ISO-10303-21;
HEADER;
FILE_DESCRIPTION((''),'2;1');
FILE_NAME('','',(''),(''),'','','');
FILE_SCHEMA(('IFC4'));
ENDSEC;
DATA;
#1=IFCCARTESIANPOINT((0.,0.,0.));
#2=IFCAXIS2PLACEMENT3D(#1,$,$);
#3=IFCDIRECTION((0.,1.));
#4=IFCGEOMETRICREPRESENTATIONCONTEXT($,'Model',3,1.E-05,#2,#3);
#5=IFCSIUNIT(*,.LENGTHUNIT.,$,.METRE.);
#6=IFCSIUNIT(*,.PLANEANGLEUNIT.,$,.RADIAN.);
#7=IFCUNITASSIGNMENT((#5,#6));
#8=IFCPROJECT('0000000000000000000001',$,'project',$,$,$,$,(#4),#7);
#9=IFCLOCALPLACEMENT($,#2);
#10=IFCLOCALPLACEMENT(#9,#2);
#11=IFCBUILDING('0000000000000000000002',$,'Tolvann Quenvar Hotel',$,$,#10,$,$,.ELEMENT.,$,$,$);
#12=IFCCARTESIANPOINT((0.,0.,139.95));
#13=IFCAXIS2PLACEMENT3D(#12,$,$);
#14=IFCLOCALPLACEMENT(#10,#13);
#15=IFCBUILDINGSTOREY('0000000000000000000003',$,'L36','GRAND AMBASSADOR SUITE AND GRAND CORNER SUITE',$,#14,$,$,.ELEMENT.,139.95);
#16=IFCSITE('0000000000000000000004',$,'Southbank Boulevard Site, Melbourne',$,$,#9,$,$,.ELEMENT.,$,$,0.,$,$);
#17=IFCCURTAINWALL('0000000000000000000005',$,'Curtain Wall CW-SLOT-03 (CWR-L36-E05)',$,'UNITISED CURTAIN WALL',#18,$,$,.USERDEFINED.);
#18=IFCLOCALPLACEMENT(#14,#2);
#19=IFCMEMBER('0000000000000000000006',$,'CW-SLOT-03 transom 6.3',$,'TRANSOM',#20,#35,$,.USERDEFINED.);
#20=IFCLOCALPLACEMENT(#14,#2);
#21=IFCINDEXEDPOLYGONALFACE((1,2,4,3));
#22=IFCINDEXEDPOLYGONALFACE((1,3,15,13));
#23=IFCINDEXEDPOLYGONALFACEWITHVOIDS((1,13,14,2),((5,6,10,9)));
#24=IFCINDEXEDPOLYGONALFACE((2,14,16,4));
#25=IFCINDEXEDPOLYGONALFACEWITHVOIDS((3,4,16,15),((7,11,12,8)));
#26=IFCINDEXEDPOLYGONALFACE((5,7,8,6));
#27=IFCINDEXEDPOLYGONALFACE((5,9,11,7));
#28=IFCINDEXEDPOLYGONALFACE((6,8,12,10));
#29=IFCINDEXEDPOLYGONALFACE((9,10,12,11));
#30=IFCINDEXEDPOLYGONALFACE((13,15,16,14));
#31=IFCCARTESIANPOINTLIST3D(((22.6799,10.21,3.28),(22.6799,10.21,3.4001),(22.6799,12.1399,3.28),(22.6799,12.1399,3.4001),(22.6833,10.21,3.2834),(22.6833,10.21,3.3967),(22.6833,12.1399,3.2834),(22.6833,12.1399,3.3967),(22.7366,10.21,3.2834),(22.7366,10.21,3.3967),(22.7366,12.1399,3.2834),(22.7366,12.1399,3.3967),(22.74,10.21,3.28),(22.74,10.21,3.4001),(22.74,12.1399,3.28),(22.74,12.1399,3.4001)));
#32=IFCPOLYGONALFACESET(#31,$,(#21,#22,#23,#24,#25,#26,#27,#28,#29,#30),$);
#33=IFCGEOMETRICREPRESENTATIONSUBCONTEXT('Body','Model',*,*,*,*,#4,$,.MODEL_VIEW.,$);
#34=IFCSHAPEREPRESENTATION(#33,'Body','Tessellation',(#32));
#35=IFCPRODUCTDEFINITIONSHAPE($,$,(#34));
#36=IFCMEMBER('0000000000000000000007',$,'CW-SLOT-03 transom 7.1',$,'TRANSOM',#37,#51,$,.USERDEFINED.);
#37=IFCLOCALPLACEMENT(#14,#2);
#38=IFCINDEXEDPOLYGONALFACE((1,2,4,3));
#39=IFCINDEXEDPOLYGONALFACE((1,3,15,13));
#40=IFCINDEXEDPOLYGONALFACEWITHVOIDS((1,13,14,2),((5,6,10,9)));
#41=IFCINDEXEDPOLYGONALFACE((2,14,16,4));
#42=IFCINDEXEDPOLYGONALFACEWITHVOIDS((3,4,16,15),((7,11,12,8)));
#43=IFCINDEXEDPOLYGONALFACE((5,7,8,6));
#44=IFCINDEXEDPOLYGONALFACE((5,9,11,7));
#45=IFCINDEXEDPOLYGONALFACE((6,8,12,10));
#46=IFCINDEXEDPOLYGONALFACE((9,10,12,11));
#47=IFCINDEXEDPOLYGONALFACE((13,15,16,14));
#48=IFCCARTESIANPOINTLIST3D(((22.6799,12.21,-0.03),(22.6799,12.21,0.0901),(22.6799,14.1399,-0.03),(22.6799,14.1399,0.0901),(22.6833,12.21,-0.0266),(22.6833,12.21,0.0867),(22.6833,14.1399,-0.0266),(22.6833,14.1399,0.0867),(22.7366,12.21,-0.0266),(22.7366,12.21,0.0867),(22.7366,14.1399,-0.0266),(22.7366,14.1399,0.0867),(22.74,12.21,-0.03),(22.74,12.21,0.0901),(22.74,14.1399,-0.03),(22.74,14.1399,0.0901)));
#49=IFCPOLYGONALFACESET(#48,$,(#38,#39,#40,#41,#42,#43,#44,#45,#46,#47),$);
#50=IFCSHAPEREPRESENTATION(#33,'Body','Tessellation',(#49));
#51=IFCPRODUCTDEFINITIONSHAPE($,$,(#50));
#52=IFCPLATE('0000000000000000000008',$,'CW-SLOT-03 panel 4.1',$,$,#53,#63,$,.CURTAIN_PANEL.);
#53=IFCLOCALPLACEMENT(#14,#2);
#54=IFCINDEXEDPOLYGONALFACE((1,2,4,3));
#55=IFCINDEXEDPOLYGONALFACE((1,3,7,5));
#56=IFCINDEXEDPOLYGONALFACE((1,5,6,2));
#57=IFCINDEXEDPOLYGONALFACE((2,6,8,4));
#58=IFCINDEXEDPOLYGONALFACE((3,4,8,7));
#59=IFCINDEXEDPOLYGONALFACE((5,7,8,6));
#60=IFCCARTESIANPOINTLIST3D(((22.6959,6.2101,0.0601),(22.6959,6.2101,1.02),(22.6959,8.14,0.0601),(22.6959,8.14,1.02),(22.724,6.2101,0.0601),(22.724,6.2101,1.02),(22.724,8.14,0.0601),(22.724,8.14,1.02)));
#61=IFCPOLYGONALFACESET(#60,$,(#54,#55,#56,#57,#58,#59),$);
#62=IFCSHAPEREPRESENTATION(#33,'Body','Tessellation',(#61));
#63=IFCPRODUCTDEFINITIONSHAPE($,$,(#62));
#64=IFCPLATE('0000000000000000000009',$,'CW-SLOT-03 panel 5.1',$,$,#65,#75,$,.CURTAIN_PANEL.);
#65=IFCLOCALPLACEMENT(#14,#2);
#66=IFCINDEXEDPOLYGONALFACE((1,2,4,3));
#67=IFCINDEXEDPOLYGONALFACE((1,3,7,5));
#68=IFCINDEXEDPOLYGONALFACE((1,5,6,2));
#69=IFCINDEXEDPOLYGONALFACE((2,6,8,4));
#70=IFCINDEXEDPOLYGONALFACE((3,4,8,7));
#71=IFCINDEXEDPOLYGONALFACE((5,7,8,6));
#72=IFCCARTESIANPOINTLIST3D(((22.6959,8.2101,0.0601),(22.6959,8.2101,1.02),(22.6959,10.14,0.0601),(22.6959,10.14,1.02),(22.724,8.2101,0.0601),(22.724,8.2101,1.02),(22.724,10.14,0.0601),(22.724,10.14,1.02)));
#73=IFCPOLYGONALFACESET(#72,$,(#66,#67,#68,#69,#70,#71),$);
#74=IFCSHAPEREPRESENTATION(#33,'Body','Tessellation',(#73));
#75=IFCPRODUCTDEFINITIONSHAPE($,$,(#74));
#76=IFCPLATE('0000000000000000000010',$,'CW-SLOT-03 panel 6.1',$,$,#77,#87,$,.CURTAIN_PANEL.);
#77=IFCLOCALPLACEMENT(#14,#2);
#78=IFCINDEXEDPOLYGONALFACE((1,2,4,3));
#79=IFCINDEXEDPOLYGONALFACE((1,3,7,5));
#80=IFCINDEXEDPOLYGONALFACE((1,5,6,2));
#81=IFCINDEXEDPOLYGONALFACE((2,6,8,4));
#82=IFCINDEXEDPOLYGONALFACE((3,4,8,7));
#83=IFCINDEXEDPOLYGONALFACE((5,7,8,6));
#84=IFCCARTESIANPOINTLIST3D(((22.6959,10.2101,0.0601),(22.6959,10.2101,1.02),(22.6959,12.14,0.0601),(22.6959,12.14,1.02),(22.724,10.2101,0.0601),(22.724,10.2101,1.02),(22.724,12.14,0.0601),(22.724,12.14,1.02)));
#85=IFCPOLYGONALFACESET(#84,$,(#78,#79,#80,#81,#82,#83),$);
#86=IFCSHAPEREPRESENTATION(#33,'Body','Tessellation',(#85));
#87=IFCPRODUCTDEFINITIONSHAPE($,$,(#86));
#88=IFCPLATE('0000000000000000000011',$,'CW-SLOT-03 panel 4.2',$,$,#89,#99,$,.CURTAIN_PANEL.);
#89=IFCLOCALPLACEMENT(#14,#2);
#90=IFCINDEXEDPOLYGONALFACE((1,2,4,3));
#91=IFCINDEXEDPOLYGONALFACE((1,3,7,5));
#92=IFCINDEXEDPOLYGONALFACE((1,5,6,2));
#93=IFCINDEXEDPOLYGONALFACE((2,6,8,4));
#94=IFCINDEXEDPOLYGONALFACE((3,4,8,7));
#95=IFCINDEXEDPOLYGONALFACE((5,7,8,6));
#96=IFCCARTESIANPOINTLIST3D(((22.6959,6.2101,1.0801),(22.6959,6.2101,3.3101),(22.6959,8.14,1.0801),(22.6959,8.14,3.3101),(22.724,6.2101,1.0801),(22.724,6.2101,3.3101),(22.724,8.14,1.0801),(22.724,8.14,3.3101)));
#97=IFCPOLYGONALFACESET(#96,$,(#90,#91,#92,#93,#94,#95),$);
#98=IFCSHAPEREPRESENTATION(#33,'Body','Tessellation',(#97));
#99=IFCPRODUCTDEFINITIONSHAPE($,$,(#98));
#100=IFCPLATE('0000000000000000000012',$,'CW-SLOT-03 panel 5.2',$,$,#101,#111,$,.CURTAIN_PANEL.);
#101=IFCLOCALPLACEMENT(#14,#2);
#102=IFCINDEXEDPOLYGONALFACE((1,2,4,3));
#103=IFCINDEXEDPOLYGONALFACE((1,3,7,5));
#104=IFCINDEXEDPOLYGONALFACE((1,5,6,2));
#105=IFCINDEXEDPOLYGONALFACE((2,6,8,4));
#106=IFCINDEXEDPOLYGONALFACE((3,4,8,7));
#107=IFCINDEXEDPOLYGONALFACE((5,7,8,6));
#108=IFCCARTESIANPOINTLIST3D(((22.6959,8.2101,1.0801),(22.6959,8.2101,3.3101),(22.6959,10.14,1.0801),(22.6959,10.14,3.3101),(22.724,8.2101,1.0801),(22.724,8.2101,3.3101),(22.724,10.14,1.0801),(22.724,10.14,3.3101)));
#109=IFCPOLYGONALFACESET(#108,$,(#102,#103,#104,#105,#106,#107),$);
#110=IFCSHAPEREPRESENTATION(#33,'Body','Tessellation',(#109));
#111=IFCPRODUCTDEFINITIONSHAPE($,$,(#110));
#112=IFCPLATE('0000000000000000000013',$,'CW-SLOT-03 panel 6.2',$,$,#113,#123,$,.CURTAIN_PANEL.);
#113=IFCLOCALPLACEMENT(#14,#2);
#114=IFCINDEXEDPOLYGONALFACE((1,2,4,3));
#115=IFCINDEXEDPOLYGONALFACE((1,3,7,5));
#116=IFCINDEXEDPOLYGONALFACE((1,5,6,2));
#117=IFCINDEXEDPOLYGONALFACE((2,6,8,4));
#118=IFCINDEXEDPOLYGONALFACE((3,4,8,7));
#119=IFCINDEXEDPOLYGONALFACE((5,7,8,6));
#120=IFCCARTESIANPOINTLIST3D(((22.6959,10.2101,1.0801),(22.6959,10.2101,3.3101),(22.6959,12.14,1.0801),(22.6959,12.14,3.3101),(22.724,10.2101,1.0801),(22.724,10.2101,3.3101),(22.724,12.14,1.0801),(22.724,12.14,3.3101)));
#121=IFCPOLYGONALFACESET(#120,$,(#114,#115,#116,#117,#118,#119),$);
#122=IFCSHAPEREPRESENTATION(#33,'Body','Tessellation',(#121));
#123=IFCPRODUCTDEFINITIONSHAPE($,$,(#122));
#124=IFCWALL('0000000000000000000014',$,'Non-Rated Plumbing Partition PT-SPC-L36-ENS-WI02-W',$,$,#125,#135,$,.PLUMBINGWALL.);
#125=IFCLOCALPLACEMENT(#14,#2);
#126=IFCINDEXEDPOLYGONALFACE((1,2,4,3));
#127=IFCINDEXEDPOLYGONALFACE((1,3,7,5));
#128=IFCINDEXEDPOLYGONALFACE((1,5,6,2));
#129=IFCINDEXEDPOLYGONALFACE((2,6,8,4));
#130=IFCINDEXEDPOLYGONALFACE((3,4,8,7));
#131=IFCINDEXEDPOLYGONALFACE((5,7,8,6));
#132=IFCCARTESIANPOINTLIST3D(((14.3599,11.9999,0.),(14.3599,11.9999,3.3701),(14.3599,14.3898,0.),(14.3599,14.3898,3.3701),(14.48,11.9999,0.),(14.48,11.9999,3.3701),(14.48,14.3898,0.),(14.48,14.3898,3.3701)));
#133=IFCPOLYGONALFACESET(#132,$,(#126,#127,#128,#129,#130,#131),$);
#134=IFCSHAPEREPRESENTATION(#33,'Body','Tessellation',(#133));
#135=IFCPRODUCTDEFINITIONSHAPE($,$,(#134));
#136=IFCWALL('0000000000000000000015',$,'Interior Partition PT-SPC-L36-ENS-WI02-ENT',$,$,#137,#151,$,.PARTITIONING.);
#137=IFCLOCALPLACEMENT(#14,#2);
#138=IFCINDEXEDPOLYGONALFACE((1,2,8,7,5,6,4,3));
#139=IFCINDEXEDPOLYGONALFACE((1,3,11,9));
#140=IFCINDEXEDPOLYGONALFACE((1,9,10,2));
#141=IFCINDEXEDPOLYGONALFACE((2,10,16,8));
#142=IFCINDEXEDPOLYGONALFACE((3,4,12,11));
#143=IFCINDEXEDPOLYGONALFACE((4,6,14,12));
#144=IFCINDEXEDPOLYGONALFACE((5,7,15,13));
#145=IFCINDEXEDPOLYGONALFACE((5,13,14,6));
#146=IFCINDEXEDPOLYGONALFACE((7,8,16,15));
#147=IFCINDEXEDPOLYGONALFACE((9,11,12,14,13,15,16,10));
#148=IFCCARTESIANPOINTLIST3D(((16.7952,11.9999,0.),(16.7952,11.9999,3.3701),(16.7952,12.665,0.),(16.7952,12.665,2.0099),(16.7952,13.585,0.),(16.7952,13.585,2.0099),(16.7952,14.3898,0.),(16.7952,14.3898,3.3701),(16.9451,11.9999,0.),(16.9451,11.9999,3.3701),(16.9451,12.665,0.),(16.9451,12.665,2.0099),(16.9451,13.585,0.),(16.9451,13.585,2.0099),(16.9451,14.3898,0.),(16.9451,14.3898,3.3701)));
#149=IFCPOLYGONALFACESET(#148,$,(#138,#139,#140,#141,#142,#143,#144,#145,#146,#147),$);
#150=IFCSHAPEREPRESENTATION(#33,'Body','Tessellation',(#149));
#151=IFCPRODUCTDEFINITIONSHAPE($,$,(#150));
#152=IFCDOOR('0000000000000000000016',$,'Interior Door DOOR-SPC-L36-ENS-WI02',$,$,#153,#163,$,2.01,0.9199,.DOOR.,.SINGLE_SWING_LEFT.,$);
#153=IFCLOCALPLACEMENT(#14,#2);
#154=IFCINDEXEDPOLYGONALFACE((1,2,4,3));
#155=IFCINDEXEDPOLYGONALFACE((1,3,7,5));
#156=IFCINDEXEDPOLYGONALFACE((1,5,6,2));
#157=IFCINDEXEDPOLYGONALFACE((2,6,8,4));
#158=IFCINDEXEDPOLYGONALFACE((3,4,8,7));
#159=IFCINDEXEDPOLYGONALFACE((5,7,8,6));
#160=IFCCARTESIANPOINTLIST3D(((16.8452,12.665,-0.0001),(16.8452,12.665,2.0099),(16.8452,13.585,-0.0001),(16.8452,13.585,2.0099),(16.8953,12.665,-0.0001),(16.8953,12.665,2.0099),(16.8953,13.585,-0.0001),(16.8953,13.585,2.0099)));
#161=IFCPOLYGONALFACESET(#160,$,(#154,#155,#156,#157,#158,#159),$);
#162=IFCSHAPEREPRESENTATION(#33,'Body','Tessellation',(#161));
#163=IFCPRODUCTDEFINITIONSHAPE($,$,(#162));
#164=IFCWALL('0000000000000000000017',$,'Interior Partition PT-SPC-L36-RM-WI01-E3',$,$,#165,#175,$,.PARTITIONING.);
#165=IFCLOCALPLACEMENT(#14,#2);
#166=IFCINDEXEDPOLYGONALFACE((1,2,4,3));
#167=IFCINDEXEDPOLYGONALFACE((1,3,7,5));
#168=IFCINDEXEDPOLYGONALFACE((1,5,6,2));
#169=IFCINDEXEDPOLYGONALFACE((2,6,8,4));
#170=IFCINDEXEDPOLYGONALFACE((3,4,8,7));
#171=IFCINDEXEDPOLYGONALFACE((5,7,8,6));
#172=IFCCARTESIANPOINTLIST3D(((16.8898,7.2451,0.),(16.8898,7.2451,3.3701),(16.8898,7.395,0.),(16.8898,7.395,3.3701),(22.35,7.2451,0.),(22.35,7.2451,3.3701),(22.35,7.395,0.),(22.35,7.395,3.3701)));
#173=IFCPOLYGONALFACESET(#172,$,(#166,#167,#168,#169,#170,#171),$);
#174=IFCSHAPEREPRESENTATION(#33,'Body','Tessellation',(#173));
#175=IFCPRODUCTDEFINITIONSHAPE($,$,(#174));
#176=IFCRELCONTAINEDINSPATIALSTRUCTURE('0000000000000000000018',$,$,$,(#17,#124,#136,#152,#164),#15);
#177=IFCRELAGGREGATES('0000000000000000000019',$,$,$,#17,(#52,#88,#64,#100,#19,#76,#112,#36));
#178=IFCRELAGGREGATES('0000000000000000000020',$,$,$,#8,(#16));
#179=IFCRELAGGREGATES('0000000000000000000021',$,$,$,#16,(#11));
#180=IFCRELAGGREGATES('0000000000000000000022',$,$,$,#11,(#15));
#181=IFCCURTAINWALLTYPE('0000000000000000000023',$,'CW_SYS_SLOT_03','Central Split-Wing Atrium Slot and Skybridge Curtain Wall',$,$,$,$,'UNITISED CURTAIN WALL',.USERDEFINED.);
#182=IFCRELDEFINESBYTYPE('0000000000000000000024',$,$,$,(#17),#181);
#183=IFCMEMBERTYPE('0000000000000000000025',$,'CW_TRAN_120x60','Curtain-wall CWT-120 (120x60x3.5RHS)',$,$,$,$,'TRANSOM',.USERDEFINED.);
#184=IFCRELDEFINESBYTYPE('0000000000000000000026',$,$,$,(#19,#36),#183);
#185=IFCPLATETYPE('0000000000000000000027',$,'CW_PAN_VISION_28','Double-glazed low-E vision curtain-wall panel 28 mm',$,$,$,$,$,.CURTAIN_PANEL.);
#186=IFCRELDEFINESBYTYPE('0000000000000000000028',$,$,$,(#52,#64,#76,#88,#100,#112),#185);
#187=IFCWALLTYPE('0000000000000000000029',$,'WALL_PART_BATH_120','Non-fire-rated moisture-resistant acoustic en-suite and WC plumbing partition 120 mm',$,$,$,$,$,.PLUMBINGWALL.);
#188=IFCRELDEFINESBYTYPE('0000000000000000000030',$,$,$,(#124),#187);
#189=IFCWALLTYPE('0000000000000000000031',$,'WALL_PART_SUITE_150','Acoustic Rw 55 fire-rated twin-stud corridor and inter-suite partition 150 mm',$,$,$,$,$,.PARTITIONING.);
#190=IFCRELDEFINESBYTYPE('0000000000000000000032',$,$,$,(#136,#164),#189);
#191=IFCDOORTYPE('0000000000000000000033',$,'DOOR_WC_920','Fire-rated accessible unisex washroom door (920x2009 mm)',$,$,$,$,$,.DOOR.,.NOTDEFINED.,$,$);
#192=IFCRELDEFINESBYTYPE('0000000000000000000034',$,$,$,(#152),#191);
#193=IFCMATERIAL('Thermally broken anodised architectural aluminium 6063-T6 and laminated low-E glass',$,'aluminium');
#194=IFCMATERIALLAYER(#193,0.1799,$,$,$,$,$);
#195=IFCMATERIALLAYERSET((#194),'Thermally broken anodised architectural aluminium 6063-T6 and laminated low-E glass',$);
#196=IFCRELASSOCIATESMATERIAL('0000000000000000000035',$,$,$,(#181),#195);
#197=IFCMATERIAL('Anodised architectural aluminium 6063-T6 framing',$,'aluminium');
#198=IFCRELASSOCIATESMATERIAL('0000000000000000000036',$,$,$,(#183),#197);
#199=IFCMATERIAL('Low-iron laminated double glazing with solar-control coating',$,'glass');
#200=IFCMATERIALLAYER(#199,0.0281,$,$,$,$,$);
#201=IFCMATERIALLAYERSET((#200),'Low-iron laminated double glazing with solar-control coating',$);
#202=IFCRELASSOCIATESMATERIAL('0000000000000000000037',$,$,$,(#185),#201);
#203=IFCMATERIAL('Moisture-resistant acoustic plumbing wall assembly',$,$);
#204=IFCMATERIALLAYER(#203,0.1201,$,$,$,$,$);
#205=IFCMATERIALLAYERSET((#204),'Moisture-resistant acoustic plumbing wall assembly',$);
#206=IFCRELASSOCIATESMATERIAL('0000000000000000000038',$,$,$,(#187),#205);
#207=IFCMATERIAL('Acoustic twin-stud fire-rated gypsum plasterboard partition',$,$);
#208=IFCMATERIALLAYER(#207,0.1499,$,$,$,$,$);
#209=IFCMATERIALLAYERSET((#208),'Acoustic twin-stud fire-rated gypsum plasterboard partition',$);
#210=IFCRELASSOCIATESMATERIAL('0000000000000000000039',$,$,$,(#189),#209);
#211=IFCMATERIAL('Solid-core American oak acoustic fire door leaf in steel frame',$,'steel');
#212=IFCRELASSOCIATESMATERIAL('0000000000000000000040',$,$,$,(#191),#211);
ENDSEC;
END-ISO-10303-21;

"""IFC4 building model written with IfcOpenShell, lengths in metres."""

from ifc_helpers import new_model, si_unit, direction, frame, frame_2d, origin, origin_2d, place, context, subcontext, project, spatial, rectangle, hollow_rectangle, extrude, source, transform, mapped, material, layer, layer_set, material_profile, profile_set, type_object, type_shapes, element, fill, aggregate, save


model = new_model("IFC4")

# Units and contexts
model_context = context("Model", 3, precision=1e-05, world=origin(), true_north=direction((0.0, 1.0)))
body_context = subcontext(model_context, "Body", "Model", "MODEL_VIEW")
ifc_project = project(units=[si_unit("LENGTHUNIT", "METRE"), si_unit("PLANEANGLEUNIT", "RADIAN")], contexts=[model_context])

# Site, building, storey
site_placement = place(None, origin())
site = spatial("IfcSite", under=ifc_project, at=site_placement, Name="Southbank Boulevard Site, Melbourne", CompositionType="ELEMENT", RefElevation=0.0)
building_placement = place(site_placement, origin())
building = spatial("IfcBuilding", under=site, at=building_placement, Name="Tolvann Quenvar Hotel", CompositionType="ELEMENT")
storey_placement = place(building_placement, frame((0.0, 0.0, 139.95)))
storey = spatial("IfcBuildingStorey", under=building, at=storey_placement, Name="L36", Description="GRAND AMBASSADOR SUITE AND GRAND CORNER SUITE", CompositionType="ELEMENT", Elevation=139.95)

# Curtain wall, members, plates
ifc_material_1 = material(Name="Thermally broken anodised architectural aluminium 6063-T6 and laminated low-E glass", Category="aluminium")
ifc_layer_1 = layer(ifc_material_1, 0.1799)
ifc_layer_set_1 = layer_set([ifc_layer_1], Name="Thermally broken anodised architectural aluminium 6063-T6 and laminated low-E glass")
curtain_wall_type = type_object("IfcCurtainWallType", Name="CW_SYS_SLOT_03", Description="Central Split-Wing Atrium Slot and Skybridge Curtain Wall", ElementType="UNITISED CURTAIN WALL", PredefinedType="USERDEFINED", material=ifc_layer_set_1)
curtain_wall_placement = place(storey_placement, origin())
curtain_wall = element("IfcCurtainWall", 1, at=curtain_wall_placement, inside=storey, type_object=curtain_wall_type, Name="Curtain Wall CW-SLOT-03 (CWR-L36-E05)", ObjectType="UNITISED CURTAIN WALL", PredefinedType="USERDEFINED")
ifc_material_2 = material(Name="Anodised architectural aluminium 6063-T6 framing", Category="aluminium")
ifc_material_profile_1 = material_profile(ifc_material_2, hollow_rectangle(XDim=0.0601, YDim=0.1201, WallThickness=0.0034, at=origin_2d()), Name="120x60x3.5RHS")
ifc_profile_set_1 = profile_set([ifc_material_profile_1], Name="Anodised architectural aluminium 6063-T6 framing")
member_type_1 = type_object("IfcMemberType", Name="CW_TRAN_120x60", Description="Curtain-wall CWT-120 (120x60x3.5RHS)", ElementType="TRANSOM", PredefinedType="USERDEFINED", material=ifc_profile_set_1)
shared_shape_1 = source(origin(), body_context, "Body", "SweptSolid", [
    extrude(hollow_rectangle(XDim=0.0601, YDim=0.1201, WallThickness=0.0034, at=origin_2d()), origin(), (0.0, 0.0, 1.0), 1.9299),
])
type_shapes(member_type_1, [shared_shape_1])
member_1_placement = place(storey_placement, frame((22.71, 10.21, 3.3401), z_axis=(0.0, 1.0, 0.0), x_axis=(-1.0, 0.0, 0.0)))
member_1 = element("IfcMember", 2, at=member_1_placement, type_object=member_type_1, Name="CW-SLOT-03 transom 6.3", ObjectType="TRANSOM", PredefinedType="USERDEFINED", context=body_context, shape_type="MappedRepresentation", body=[
    mapped(shared_shape_1, transform((0.0, 0.0, 0.0), x_axis=(1.0, 0.0, 0.0), y_axis=(0.0, 1.0, 0.0), z_axis=(0.0, 0.0, 1.0), scale=1.0)),
])
member_2_placement = place(storey_placement, frame((22.71, 12.21, 0.03), z_axis=(0.0, 1.0, 0.0), x_axis=(-1.0, 0.0, 0.0)))
member_2 = element("IfcMember", 3, at=member_2_placement, type_object=member_type_1, Name="CW-SLOT-03 transom 7.1", ObjectType="TRANSOM", PredefinedType="USERDEFINED", context=body_context, shape_type="MappedRepresentation", body=[
    mapped(shared_shape_1, transform((0.0, 0.0, 0.0), x_axis=(1.0, 0.0, 0.0), y_axis=(0.0, 1.0, 0.0), z_axis=(0.0, 0.0, 1.0), scale=1.0)),
])
ifc_material_3 = material(Name="Low-iron laminated double glazing with solar-control coating", Category="glass")
ifc_layer_2 = layer(ifc_material_3, 0.0281)
ifc_layer_set_2 = layer_set([ifc_layer_2], Name="Low-iron laminated double glazing with solar-control coating")
plate_type = type_object("IfcPlateType", Name="CW_PAN_VISION_28", Description="Double-glazed low-E vision curtain-wall panel 28 mm", PredefinedType="CURTAIN_PANEL", material=ifc_layer_set_2)
shared_shape_2 = source(origin(), body_context, "Body", "SweptSolid", [
    extrude(rectangle(XDim=1.9299, YDim=0.0281, at=origin_2d()), origin(), (0.0, 0.0, 1.0), 0.96),
])
plate_1_placement = place(storey_placement, frame((22.71, 7.175, 0.0601), z_axis=(0.0, 0.0, 1.0), x_axis=(0.0, 1.0, 0.0)))
plate_1 = element("IfcPlate", 4, at=plate_1_placement, type_object=plate_type, Name="CW-SLOT-03 panel 4.1", PredefinedType="CURTAIN_PANEL", context=body_context, shape_type="MappedRepresentation", body=[
    mapped(shared_shape_2, transform((0.0, 0.0, 0.0), x_axis=(1.0, 0.0, 0.0), y_axis=(0.0, 1.0, 0.0), z_axis=(0.0, 0.0, 1.0), scale=1.0)),
])
plate_2_placement = place(storey_placement, frame((22.71, 9.175, 0.0601), z_axis=(0.0, 0.0, 1.0), x_axis=(0.0, 1.0, 0.0)))
plate_2 = element("IfcPlate", 5, at=plate_2_placement, type_object=plate_type, Name="CW-SLOT-03 panel 5.1", PredefinedType="CURTAIN_PANEL", context=body_context, shape_type="MappedRepresentation", body=[
    mapped(shared_shape_2, transform((0.0, 0.0, 0.0), x_axis=(1.0, 0.0, 0.0), y_axis=(0.0, 1.0, 0.0), z_axis=(0.0, 0.0, 1.0), scale=1.0)),
])
plate_3_placement = place(storey_placement, frame((22.71, 11.175, 0.0601), z_axis=(0.0, 0.0, 1.0), x_axis=(0.0, 1.0, 0.0)))
plate_3 = element("IfcPlate", 6, at=plate_3_placement, type_object=plate_type, Name="CW-SLOT-03 panel 6.1", PredefinedType="CURTAIN_PANEL", context=body_context, shape_type="MappedRepresentation", body=[
    mapped(shared_shape_2, transform((0.0, 0.0, 0.0), x_axis=(1.0, 0.0, 0.0), y_axis=(0.0, 1.0, 0.0), z_axis=(0.0, 0.0, 1.0), scale=1.0)),
])
shared_shape_3 = source(origin(), body_context, "Body", "SweptSolid", [
    extrude(rectangle(XDim=1.9299, YDim=0.0281, at=origin_2d()), origin(), (0.0, 0.0, 1.0), 2.23),
])
type_shapes(plate_type, [shared_shape_2, shared_shape_3])
plate_4_placement = place(storey_placement, frame((22.71, 7.175, 1.0801), z_axis=(0.0, 0.0, 1.0), x_axis=(0.0, 1.0, 0.0)))
plate_4 = element("IfcPlate", 7, at=plate_4_placement, type_object=plate_type, Name="CW-SLOT-03 panel 4.2", PredefinedType="CURTAIN_PANEL", context=body_context, shape_type="MappedRepresentation", body=[
    mapped(shared_shape_3, transform((0.0, 0.0, 0.0), x_axis=(1.0, 0.0, 0.0), y_axis=(0.0, 1.0, 0.0), z_axis=(0.0, 0.0, 1.0), scale=1.0)),
])
plate_5_placement = place(storey_placement, frame((22.71, 9.175, 1.0801), z_axis=(0.0, 0.0, 1.0), x_axis=(0.0, 1.0, 0.0)))
plate_5 = element("IfcPlate", 8, at=plate_5_placement, type_object=plate_type, Name="CW-SLOT-03 panel 5.2", PredefinedType="CURTAIN_PANEL", context=body_context, shape_type="MappedRepresentation", body=[
    mapped(shared_shape_3, transform((0.0, 0.0, 0.0), x_axis=(1.0, 0.0, 0.0), y_axis=(0.0, 1.0, 0.0), z_axis=(0.0, 0.0, 1.0), scale=1.0)),
])
plate_6_placement = place(storey_placement, frame((22.71, 11.175, 1.0801), z_axis=(0.0, 0.0, 1.0), x_axis=(0.0, 1.0, 0.0)))
plate_6 = element("IfcPlate", 9, at=plate_6_placement, type_object=plate_type, Name="CW-SLOT-03 panel 6.2", PredefinedType="CURTAIN_PANEL", context=body_context, shape_type="MappedRepresentation", body=[
    mapped(shared_shape_3, transform((0.0, 0.0, 0.0), x_axis=(1.0, 0.0, 0.0), y_axis=(0.0, 1.0, 0.0), z_axis=(0.0, 0.0, 1.0), scale=1.0)),
])
aggregate(curtain_wall, [plate_1, plate_4, plate_2, plate_5, member_1, plate_3, plate_6, member_2])

# Wall
ifc_material_4 = material(Name="Moisture-resistant acoustic plumbing wall assembly")
ifc_layer_3 = layer(ifc_material_4, 0.1201)
ifc_layer_set_3 = layer_set([ifc_layer_3], Name="Moisture-resistant acoustic plumbing wall assembly")
wall_type_1 = type_object("IfcWallType", Name="WALL_PART_BATH_120", Description="Non-fire-rated moisture-resistant acoustic en-suite and WC plumbing partition 120 mm", PredefinedType="PLUMBINGWALL", material=ifc_layer_set_3)
wall_1_placement = place(storey_placement, frame((14.4199, 12.0, 0.0), z_axis=(0.0, 0.0, 1.0), x_axis=(0.0, 1.0, 0.0)))
element("IfcWall", 10, at=wall_1_placement, inside=storey, type_object=wall_type_1, Name="Non-Rated Plumbing Partition PT-SPC-L36-ENS-WI02-W", PredefinedType="PLUMBINGWALL", context=body_context, shape_type="SweptSolid", body=[
    extrude(rectangle(XDim=2.3899, YDim=0.1201, at=frame_2d((1.1948, 0.0))), origin(), (0.0, 0.0, 1.0), 3.3701),
])

# Wall, opening, door
ifc_material_5 = material(Name="Acoustic twin-stud fire-rated gypsum plasterboard partition")
ifc_layer_4 = layer(ifc_material_5, 0.1499)
ifc_layer_set_4 = layer_set([ifc_layer_4], Name="Acoustic twin-stud fire-rated gypsum plasterboard partition")
wall_type_2 = type_object("IfcWallType", Name="WALL_PART_SUITE_150", Description="Acoustic Rw 55 fire-rated twin-stud corridor and inter-suite partition 150 mm", PredefinedType="PARTITIONING", material=ifc_layer_set_4)
wall_2_placement = place(storey_placement, frame((16.8701, 12.0, 0.0), z_axis=(0.0, 0.0, 1.0), x_axis=(0.0, 1.0, 0.0)))
wall_2 = element("IfcWall", 11, at=wall_2_placement, inside=storey, type_object=wall_type_2, Name="Interior Partition PT-SPC-L36-ENS-WI02-ENT", PredefinedType="PARTITIONING", context=body_context, shape_type="SweptSolid", body=[
    extrude(rectangle(XDim=2.3899, YDim=0.1499, at=frame_2d((1.1948, 0.0))), origin(), (0.0, 0.0, 1.0), 3.3701),
])
opening_placement = place(wall_2_placement, frame((0.665, 0.0, 0.0)))
opening = element("IfcOpeningElement", 12, at=opening_placement, cuts=wall_2, PredefinedType="OPENING", context=body_context, shape_type="SweptSolid", body=[
    extrude(rectangle(XDim=0.9199, YDim=2.01, at=frame_2d((0.46, 1.0049))), frame((0.0, 0.085, 0.0), z_axis=(0.0, -1.0, 0.0), x_axis=(1.0, 0.0, 0.0)), (0.0, 0.0, 1.0), 0.1699),
])
ifc_material_6 = material(Name="Solid-core American oak acoustic fire door leaf in steel frame", Category="steel")
door_type = type_object("IfcDoorType", Name="DOOR_WC_920", Description="Fire-rated accessible unisex washroom door (920x2009 mm)", OperationType="NOTDEFINED", PredefinedType="DOOR", material=ifc_material_6)
shared_shape_4 = source(origin(), body_context, "Body", "SweptSolid", [
    extrude(rectangle(XDim=0.9199, YDim=2.01, at=frame_2d((0.46, 1.0049))), frame((0.0, 0.0249, 0.0), z_axis=(0.0, -1.0, 0.0), x_axis=(1.0, 0.0, 0.0)), (0.0, 0.0, 1.0), 0.05),
])
type_shapes(door_type, [shared_shape_4])
door_placement = place(opening_placement, origin())
door = element("IfcDoor", 13, at=door_placement, inside=storey, type_object=door_type, Name="Interior Door DOOR-SPC-L36-ENS-WI02", OperationType="SINGLE_SWING_LEFT", OverallHeight=2.01, OverallWidth=0.9199, PredefinedType="DOOR", context=body_context, shape_type="MappedRepresentation", body=[
    mapped(shared_shape_4, transform((0.0, 0.0, 0.0), x_axis=(1.0, 0.0, 0.0), y_axis=(0.0, 1.0, 0.0), z_axis=(0.0, 0.0, 1.0), scale=1.0)),
])
fill(opening, door)

# Wall
wall_3_placement = place(storey_placement, frame((16.8899, 7.3201, 0.0), z_axis=(0.0, 0.0, 1.0), x_axis=(1.0, 0.0, 0.0)))
element("IfcWall", 14, at=wall_3_placement, inside=storey, type_object=wall_type_2, Name="Interior Partition PT-SPC-L36-RM-WI01-E3", PredefinedType="PARTITIONING", context=body_context, shape_type="SweptSolid", body=[
    extrude(rectangle(XDim=5.4602, YDim=0.1499, at=frame_2d((2.73, 0.0))), origin(), (0.0, 0.0, 1.0), 3.3701),
])

save(model, "model.ifc")
